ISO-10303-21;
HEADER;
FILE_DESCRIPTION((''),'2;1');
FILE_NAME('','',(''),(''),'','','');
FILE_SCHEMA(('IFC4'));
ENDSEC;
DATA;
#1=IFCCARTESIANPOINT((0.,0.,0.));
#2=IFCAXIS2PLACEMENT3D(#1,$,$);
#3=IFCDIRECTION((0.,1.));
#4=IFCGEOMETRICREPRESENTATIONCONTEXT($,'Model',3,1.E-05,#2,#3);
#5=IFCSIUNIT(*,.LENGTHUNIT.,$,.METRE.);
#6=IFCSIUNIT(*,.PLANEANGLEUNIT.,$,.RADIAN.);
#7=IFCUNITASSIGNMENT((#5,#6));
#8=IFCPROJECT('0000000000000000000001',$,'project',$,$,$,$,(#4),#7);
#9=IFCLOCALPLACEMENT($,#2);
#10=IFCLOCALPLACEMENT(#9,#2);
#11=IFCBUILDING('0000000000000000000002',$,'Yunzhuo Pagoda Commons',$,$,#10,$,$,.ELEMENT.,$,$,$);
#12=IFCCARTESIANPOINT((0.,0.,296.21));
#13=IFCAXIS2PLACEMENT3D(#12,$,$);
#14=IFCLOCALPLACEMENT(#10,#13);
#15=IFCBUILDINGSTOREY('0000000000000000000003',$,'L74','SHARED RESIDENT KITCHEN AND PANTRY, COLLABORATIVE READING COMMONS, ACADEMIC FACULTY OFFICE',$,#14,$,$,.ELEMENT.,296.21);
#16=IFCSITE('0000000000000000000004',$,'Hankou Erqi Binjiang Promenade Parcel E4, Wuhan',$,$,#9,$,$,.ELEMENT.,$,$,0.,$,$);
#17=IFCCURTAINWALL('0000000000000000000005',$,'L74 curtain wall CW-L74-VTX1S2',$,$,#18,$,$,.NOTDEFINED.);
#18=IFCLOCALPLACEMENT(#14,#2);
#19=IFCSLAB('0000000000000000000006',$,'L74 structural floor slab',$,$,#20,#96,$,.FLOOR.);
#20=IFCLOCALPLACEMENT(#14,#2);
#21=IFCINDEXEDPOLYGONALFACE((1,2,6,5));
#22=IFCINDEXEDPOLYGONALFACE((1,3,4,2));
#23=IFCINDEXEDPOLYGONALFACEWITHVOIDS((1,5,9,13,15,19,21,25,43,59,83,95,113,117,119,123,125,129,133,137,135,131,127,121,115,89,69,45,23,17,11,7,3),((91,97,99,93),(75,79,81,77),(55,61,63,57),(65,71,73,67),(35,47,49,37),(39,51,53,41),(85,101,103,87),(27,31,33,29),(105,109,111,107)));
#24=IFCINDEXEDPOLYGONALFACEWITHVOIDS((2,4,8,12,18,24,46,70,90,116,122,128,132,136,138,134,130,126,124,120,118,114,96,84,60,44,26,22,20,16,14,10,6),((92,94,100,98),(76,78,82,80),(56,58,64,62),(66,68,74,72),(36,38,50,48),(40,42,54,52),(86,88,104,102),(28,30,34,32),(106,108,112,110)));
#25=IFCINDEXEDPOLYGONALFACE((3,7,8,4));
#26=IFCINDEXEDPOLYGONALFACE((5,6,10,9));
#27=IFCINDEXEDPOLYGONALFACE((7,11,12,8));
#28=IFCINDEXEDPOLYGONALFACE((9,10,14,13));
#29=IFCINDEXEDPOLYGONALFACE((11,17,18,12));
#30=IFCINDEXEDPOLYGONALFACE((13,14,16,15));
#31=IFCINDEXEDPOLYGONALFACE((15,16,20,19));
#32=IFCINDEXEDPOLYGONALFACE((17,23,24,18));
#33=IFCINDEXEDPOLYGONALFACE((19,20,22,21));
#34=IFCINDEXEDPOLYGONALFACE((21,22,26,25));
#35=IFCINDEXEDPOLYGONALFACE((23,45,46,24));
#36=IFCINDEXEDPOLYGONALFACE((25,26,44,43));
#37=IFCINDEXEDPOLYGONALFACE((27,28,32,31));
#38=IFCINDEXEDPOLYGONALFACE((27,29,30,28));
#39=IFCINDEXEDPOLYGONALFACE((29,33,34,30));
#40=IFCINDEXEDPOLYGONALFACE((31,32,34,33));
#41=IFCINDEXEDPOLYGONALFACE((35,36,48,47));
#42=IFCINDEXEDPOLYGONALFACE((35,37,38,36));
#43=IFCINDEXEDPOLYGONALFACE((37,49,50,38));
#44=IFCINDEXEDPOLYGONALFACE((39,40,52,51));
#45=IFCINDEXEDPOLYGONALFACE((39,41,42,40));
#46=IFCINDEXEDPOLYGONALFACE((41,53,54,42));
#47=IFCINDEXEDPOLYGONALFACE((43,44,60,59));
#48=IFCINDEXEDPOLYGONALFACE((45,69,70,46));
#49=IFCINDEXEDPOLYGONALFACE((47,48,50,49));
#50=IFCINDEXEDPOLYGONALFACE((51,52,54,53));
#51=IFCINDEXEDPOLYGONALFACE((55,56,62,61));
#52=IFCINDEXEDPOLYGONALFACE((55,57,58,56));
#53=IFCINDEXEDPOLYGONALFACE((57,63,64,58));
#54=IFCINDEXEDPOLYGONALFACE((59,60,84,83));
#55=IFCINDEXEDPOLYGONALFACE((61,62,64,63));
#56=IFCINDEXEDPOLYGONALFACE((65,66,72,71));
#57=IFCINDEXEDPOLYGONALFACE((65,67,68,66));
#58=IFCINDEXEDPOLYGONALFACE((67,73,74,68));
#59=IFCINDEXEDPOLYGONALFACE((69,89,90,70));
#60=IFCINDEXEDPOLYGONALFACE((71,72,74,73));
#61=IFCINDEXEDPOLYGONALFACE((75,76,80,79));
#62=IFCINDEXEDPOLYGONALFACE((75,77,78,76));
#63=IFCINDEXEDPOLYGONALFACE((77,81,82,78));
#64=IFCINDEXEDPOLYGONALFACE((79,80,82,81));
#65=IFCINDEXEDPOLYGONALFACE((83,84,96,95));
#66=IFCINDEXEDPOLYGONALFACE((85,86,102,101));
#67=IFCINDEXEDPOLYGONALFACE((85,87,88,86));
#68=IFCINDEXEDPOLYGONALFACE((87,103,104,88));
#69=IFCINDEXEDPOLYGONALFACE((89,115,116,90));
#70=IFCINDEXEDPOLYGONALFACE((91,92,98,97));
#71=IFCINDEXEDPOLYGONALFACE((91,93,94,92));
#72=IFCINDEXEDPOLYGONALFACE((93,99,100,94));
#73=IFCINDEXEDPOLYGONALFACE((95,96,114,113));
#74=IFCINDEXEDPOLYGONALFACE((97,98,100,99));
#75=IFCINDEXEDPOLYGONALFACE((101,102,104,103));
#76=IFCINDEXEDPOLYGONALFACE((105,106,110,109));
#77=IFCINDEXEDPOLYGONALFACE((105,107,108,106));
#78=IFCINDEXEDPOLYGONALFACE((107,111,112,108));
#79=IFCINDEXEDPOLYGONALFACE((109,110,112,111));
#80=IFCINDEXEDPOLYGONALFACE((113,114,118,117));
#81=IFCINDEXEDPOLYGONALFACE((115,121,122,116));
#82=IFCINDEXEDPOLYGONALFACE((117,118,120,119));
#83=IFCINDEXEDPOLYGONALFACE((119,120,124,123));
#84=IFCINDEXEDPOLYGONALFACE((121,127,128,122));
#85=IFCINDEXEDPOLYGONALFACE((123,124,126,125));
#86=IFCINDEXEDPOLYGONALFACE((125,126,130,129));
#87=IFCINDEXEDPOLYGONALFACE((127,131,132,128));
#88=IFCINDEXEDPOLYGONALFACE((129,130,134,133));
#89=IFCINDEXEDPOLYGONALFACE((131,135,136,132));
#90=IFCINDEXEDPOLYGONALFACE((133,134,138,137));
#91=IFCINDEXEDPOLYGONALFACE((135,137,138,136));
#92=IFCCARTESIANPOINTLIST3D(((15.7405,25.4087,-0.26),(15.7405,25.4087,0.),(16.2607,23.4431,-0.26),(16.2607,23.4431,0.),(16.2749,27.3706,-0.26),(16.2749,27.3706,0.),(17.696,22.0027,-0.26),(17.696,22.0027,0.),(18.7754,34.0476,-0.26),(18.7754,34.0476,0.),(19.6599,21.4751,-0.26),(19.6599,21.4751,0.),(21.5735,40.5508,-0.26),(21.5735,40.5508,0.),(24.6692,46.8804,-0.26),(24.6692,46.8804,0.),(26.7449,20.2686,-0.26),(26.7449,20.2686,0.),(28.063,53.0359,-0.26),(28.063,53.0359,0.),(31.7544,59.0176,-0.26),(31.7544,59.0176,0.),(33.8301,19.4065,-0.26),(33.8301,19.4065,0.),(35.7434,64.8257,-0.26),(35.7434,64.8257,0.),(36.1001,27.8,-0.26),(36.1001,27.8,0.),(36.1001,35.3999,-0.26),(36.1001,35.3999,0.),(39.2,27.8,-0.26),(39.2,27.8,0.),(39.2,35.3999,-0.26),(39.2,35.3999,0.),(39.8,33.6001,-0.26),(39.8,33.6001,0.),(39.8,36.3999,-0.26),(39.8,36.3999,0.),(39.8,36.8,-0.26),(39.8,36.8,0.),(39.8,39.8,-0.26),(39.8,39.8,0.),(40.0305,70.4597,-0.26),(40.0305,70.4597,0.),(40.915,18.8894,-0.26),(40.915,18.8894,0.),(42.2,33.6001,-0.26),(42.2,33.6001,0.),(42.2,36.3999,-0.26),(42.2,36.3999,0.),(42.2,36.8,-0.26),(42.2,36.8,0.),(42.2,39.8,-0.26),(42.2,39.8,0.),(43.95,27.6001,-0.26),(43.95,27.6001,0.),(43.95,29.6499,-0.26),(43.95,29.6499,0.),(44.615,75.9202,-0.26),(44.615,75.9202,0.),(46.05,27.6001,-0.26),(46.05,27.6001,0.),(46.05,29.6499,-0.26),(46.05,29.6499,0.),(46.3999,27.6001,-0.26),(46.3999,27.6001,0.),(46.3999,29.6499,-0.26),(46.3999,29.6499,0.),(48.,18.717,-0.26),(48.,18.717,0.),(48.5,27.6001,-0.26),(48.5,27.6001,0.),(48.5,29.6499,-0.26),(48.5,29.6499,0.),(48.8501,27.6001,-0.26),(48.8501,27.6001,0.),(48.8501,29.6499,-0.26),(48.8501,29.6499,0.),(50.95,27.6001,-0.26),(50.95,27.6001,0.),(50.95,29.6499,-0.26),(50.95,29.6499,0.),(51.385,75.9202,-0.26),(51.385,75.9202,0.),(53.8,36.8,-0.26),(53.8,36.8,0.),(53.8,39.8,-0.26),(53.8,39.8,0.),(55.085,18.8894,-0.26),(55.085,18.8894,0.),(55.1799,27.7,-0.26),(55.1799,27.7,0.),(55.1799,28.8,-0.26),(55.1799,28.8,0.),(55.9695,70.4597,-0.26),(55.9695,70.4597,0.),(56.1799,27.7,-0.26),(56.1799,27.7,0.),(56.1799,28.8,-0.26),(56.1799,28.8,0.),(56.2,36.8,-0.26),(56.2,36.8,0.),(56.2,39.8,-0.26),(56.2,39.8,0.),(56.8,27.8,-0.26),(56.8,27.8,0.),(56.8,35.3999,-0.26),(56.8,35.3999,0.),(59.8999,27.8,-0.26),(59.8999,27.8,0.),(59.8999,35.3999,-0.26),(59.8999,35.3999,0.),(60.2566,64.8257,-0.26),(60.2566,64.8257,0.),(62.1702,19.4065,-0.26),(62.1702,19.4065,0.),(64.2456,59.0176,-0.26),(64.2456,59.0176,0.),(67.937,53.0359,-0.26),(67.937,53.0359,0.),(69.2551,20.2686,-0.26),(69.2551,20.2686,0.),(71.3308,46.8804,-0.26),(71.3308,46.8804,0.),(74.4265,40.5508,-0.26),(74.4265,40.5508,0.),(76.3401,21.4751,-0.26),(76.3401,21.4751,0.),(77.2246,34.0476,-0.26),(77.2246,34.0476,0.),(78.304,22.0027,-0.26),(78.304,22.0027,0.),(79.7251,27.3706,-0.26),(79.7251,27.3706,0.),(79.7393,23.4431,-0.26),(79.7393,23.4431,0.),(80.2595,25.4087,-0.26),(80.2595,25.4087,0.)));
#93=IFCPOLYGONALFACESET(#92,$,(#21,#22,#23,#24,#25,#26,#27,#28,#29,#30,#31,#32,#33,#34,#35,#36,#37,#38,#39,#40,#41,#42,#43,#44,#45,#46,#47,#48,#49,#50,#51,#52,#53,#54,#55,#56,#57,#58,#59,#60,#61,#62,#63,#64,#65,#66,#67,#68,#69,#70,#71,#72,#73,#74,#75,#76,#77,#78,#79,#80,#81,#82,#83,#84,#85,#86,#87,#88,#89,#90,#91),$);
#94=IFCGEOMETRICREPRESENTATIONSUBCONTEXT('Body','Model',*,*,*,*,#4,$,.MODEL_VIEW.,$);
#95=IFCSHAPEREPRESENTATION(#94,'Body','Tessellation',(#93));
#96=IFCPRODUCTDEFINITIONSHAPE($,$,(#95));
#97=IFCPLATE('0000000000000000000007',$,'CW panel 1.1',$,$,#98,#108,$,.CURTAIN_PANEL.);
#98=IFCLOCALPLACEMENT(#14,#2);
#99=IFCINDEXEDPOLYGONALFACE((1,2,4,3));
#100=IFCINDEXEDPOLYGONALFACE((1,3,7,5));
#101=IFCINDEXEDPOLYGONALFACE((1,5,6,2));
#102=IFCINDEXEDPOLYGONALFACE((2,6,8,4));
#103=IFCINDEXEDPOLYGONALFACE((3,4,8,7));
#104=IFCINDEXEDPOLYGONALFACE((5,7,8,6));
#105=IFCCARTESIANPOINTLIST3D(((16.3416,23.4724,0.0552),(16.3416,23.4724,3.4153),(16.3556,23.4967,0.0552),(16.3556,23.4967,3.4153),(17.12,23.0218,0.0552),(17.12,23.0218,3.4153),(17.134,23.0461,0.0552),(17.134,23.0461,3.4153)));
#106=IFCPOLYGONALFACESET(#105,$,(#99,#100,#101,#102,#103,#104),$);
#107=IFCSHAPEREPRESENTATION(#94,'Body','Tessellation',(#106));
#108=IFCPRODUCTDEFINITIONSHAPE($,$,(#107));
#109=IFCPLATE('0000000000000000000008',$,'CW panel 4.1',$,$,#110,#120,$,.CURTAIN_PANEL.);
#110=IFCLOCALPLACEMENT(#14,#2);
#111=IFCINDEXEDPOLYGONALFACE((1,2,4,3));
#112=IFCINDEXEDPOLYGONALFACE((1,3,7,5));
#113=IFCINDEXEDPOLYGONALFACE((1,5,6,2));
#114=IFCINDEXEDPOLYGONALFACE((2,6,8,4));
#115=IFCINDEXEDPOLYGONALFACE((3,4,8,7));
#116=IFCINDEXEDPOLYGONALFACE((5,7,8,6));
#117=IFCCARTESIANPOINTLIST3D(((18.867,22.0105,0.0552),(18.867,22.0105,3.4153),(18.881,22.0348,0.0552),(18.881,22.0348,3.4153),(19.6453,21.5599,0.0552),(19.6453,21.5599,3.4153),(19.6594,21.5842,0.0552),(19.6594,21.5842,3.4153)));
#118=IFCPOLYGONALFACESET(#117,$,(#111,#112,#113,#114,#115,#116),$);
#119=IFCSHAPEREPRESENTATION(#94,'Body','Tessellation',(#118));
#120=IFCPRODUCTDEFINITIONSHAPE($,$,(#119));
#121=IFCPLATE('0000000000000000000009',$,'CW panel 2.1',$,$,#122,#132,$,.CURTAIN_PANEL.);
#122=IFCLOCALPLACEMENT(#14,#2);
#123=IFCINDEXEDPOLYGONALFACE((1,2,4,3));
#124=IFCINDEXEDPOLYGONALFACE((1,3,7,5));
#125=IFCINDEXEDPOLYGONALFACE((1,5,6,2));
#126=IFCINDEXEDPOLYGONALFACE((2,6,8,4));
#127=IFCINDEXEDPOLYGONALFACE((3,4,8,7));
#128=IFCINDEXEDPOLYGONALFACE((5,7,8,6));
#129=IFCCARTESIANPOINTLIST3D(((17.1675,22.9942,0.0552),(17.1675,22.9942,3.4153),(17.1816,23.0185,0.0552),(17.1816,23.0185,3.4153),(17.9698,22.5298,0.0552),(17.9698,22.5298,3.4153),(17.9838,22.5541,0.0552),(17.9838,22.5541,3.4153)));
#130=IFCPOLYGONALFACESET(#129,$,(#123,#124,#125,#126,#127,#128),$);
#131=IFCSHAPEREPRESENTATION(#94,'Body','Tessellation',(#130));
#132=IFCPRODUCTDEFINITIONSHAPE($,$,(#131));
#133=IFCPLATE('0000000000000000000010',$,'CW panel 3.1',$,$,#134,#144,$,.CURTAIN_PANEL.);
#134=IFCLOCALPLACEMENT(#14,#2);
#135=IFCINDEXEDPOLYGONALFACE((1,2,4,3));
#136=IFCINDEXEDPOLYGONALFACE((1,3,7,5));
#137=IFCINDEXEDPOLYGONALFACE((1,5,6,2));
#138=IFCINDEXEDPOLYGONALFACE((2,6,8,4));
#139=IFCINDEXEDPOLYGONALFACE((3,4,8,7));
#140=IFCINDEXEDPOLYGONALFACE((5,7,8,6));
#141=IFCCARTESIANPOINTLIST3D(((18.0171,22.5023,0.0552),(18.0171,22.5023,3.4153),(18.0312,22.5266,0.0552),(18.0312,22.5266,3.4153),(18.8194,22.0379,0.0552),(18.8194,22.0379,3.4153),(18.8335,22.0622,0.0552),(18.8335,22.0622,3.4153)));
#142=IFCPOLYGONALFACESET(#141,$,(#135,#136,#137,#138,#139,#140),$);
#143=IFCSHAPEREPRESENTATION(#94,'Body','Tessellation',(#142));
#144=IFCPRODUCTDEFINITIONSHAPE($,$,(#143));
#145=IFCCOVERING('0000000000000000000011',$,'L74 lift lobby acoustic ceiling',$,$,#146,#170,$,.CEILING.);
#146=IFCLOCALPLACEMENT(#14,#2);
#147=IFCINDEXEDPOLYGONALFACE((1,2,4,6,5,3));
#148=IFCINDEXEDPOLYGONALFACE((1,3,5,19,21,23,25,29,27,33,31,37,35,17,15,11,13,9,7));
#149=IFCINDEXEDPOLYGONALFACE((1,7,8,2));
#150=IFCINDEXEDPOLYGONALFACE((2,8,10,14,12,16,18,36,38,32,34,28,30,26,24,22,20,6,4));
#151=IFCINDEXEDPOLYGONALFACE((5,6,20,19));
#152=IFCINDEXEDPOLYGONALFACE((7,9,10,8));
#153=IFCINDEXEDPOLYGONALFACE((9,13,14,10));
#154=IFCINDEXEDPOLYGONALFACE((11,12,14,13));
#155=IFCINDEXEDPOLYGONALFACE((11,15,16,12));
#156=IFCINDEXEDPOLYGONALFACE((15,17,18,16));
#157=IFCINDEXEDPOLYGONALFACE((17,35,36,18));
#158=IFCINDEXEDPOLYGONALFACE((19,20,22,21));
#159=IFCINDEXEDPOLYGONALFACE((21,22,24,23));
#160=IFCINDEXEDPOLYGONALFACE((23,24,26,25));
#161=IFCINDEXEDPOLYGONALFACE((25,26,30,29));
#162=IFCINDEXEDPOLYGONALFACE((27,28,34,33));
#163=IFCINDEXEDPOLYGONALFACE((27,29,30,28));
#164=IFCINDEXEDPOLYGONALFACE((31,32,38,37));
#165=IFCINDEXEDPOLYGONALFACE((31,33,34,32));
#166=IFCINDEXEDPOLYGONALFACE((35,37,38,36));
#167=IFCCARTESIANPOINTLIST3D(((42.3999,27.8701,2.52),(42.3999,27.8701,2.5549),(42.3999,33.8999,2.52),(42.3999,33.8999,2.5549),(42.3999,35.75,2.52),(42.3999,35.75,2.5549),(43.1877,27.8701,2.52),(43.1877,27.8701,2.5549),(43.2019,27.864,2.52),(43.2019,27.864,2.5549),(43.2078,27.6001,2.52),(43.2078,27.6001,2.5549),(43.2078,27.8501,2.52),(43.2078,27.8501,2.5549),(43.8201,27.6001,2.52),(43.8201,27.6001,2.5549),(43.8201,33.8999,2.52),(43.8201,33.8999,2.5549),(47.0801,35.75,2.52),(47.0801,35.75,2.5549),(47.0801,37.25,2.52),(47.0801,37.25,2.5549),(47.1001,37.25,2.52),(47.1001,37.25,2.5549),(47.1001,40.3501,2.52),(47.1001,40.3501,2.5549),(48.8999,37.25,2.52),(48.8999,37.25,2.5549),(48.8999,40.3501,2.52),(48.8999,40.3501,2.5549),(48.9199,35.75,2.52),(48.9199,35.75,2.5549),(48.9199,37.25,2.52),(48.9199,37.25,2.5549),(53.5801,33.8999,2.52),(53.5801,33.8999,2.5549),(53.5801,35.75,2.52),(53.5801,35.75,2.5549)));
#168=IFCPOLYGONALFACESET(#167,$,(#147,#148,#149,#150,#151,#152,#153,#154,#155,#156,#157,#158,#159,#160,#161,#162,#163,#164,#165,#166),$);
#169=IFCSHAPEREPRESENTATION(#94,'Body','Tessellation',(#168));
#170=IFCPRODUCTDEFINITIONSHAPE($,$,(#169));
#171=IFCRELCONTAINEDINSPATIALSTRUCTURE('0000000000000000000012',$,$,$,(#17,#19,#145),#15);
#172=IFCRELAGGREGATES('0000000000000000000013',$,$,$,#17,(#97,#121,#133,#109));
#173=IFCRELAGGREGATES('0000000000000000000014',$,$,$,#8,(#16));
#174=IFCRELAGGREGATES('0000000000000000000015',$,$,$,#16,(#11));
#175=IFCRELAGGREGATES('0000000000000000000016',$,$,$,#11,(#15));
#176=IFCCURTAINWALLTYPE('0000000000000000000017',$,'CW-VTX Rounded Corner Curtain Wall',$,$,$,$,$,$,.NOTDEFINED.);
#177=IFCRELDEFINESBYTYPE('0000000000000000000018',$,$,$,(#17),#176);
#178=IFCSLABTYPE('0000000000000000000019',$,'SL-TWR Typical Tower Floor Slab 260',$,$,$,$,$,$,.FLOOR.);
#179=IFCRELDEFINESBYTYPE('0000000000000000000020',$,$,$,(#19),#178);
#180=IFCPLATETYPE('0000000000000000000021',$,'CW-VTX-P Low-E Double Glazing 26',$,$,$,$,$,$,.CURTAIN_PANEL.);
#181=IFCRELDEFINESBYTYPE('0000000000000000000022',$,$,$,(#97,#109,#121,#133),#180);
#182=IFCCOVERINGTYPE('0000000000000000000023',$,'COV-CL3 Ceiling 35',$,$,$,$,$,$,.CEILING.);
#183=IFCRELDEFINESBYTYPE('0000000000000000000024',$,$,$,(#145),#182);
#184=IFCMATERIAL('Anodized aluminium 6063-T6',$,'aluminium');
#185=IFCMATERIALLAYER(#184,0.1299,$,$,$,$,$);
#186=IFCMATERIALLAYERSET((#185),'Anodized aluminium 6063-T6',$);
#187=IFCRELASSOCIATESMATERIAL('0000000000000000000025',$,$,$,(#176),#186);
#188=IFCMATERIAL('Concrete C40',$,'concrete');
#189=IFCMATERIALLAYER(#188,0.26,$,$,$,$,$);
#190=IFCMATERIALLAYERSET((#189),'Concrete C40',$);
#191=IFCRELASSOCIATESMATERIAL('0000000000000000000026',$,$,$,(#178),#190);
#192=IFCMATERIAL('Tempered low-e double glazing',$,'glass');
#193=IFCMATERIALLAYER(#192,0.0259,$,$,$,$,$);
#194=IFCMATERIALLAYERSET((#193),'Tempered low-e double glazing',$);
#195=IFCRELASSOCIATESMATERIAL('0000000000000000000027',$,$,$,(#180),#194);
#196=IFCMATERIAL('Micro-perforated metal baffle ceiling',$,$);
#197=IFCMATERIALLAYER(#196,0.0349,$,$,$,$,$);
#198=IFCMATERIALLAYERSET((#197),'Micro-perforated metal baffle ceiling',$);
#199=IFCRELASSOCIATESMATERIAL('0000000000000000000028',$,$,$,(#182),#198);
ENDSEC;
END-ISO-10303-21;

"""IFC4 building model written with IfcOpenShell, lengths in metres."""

from ifc_helpers import new_model, si_unit, direction, frame, origin, origin_2d, place, context, subcontext, project, spatial, polyline, rectangle, outline, extrude, source, transform, mapped, material, layer, layer_set, type_object, element, aggregate, save


model = new_model("IFC4")

# Units and contexts
model_context = context("Model", 3, precision=1e-05, world=origin(), true_north=direction((0.0, 1.0)))
body_context = subcontext(model_context, "Body", "Model", "MODEL_VIEW")
ifc_project = project(units=[si_unit("LENGTHUNIT", "METRE"), si_unit("PLANEANGLEUNIT", "RADIAN")], contexts=[model_context])

# Site, building, storey
site_placement = place(None, origin())
site = spatial("IfcSite", under=ifc_project, at=site_placement, Name="Hankou Erqi Binjiang Promenade Parcel E4, Wuhan", CompositionType="ELEMENT", RefElevation=0.0)
building_placement = place(site_placement, origin())
building = spatial("IfcBuilding", under=site, at=building_placement, Name="Yunzhuo Pagoda Commons", CompositionType="ELEMENT")
storey_placement = place(building_placement, frame((0.0, 0.0, 296.21)))
storey = spatial("IfcBuildingStorey", under=building, at=storey_placement, Name="L74", Description="SHARED RESIDENT KITCHEN AND PANTRY, COLLABORATIVE READING COMMONS, ACADEMIC FACULTY OFFICE", CompositionType="ELEMENT", Elevation=296.21)

# Shared definitions
ifc_material_1 = material(Name="Anodized aluminium 6063-T6", Category="aluminium")

# Curtain wall
ifc_layer_1 = layer(ifc_material_1, 0.1299)
ifc_layer_set_1 = layer_set([ifc_layer_1], Name="Anodized aluminium 6063-T6")
curtain_wall_type_1 = type_object("IfcCurtainWallType", Name="CW-VTX Rounded Corner Curtain Wall", PredefinedType="NOTDEFINED", material=ifc_layer_set_1)
curtain_wall_1_placement = place(storey_placement, origin())
curtain_wall_1 = element("IfcCurtainWall", 1, at=curtain_wall_1_placement, inside=storey, type_object=curtain_wall_type_1, Name="L74 curtain wall CW-L74-VTX1S2", PredefinedType="NOTDEFINED")

# Shared definitions
ifc_material_2 = material(Name="Concrete C40", Category="concrete")

# Slab
ifc_layer_2 = layer(ifc_material_2, 0.26)
ifc_layer_set_2 = layer_set([ifc_layer_2], Name="Concrete C40")
slab_type_1 = type_object("IfcSlabType", Name="SL-TWR Typical Tower Floor Slab 260", PredefinedType="FLOOR", material=ifc_layer_set_2)
slab_1_placement = place(storey_placement, frame((0.0, 0.0, -0.26)))
element("IfcSlab", 2, at=slab_1_placement, inside=storey, type_object=slab_type_1, Name="L74 structural floor slab", PredefinedType="FLOOR", context=body_context, shape_type="SweptSolid", body=[
    extrude(outline(polyline([(18.7754, 34.0476), (21.5735, 40.5508), (24.6692, 46.8804), (28.063, 53.0359), (31.7544, 59.0176), (35.7434, 64.8257), (40.0305, 70.4597), (44.615, 75.9202), (51.385, 75.9202), (55.9695, 70.4597), (60.2566, 64.8257), (64.2456, 59.0176), (67.937, 53.0359), (71.3308, 46.8804), (74.4265, 40.5508), (77.2246, 34.0476), (79.7251, 27.3706), (80.2595, 25.4087), (79.7393, 23.4431), (78.304, 22.0027), (76.3401, 21.4751), (69.2551, 20.2686), (62.1702, 19.4065), (55.085, 18.8894), (48.0, 18.717), (40.915, 18.8894), (33.8301, 19.4065), (26.7449, 20.2686), (19.6599, 21.4751), (17.696, 22.0027), (16.2607, 23.4431), (15.7405, 25.4087), (16.2749, 27.3706), (18.7754, 34.0476)]), holes=[polyline([(56.1799, 28.8), (55.1799, 28.8), (55.1799, 27.7), (56.1799, 27.7), (56.1799, 28.8)]), polyline([(46.05, 29.6499), (43.95, 29.6499), (43.95, 27.6001), (46.05, 27.6001), (46.05, 29.6499)]), polyline([(48.5, 29.6499), (46.3999, 29.6499), (46.3999, 27.6001), (48.5, 27.6001), (48.5, 29.6499)]), polyline([(50.95, 29.6499), (48.8501, 29.6499), (48.8501, 27.6001), (50.95, 27.6001), (50.95, 29.6499)]), polyline([(39.2, 27.8), (39.2, 35.3999), (36.1001, 35.3999), (36.1001, 27.8), (39.2, 27.8)]), polyline([(59.8999, 27.8), (59.8999, 35.3999), (56.8, 35.3999), (56.8, 27.8), (59.8999, 27.8)]), polyline([(42.2, 36.3999), (39.8, 36.3999), (39.8, 33.6001), (42.2, 33.6001), (42.2, 36.3999)]), polyline([(42.2, 36.8), (42.2, 39.8), (39.8, 39.8), (39.8, 36.8), (42.2, 36.8)]), polyline([(56.2, 36.8), (56.2, 39.8), (53.8, 39.8), (53.8, 36.8), (56.2, 36.8)])]), origin(), (0.0, 0.0, 1.0), 0.26),
])

# Plates
ifc_material_3 = material(Name="Tempered low-e double glazing", Category="glass")
ifc_layer_3 = layer(ifc_material_3, 0.0259)
ifc_layer_set_3 = layer_set([ifc_layer_3], Name="Tempered low-e double glazing")
plate_type = type_object("IfcPlateType", Name="CW-VTX-P Low-E Double Glazing 26", PredefinedType="CURTAIN_PANEL", material=ifc_layer_set_3)
shared_shape_1 = source(origin(), body_context, "Body", "SweptSolid", [
    extrude(rectangle(XDim=0.8994, YDim=0.0281, at=origin_2d()), origin(), (0.0, 0.0, 1.0), 3.3601),
])
plate_1_placement = place(storey_placement, frame((16.7378, 23.2593, 0.0552), z_axis=(0.0, 0.0, 1.0), x_axis=(0.865437, -0.501017, 0.0)))
plate_1 = element("IfcPlate", 3, at=plate_1_placement, type_object=plate_type, Name="CW panel 1.1", PredefinedType="CURTAIN_PANEL", context=body_context, shape_type="MappedRepresentation", body=[
    mapped(shared_shape_1, transform((0.0, 0.0, 0.0), scale=1.0)),
])
plate_2_placement = place(storey_placement, frame((19.2632, 21.7974, 0.0552), z_axis=(0.0, 0.0, 1.0), x_axis=(0.865437, -0.501017, 0.0)))
plate_2 = element("IfcPlate", 4, at=plate_2_placement, type_object=plate_type, Name="CW panel 4.1", PredefinedType="CURTAIN_PANEL", context=body_context, shape_type="MappedRepresentation", body=[
    mapped(shared_shape_1, transform((0.0, 0.0, 0.0), scale=1.0)),
])
shared_shape_2 = source(origin(), body_context, "Body", "SweptSolid", [
    extrude(rectangle(XDim=0.927, YDim=0.0281, at=origin_2d()), origin(), (0.0, 0.0, 1.0), 3.3601),
])
plate_3_placement = place(storey_placement, frame((17.5757, 22.7742, 0.0552), z_axis=(0.0, 0.0, 1.0), x_axis=(0.865437, -0.501017, 0.0)))
plate_3 = element("IfcPlate", 5, at=plate_3_placement, type_object=plate_type, Name="CW panel 2.1", PredefinedType="CURTAIN_PANEL", context=body_context, shape_type="MappedRepresentation", body=[
    mapped(shared_shape_2, transform((0.0, 0.0, 0.0), scale=1.0)),
])
plate_4_placement = place(storey_placement, frame((18.4253, 22.2822, 0.0552), z_axis=(0.0, 0.0, 1.0), x_axis=(0.865437, -0.501017, 0.0)))
plate_4 = element("IfcPlate", 6, at=plate_4_placement, type_object=plate_type, Name="CW panel 3.1", PredefinedType="CURTAIN_PANEL", context=body_context, shape_type="MappedRepresentation", body=[
    mapped(shared_shape_2, transform((0.0, 0.0, 0.0), scale=1.0)),
])
aggregate(curtain_wall_1, [plate_1, plate_3, plate_4, plate_2])

# Covering
ifc_material_4 = material(Name="Micro-perforated metal baffle ceiling")
ifc_layer_4 = layer(ifc_material_4, 0.0349)
ifc_layer_set_4 = layer_set([ifc_layer_4], Name="Micro-perforated metal baffle ceiling")
covering_type_1 = type_object("IfcCoveringType", Name="COV-CL3 Ceiling 35", PredefinedType="CEILING", material=ifc_layer_set_4)
covering_1_placement = place(storey_placement, frame((0.0, 0.0, 2.52)))
element("IfcCovering", 7, at=covering_1_placement, inside=storey, type_object=covering_type_1, Name="L74 lift lobby acoustic ceiling", PredefinedType="CEILING", context=body_context, shape_type="SweptSolid", body=[
    extrude(outline(polyline([(42.3999, 35.75), (47.0801, 35.75), (47.0801, 37.25), (47.1001, 37.25), (47.1001, 40.3501), (48.8999, 40.3501), (48.8999, 37.25), (48.9199, 37.25), (48.9199, 35.75), (53.5801, 35.75), (53.5801, 33.8999), (43.8201, 33.8999), (43.8201, 27.6001), (43.2078, 27.6001), (43.2078, 27.8501), (43.2019, 27.864), (43.1877, 27.8701), (42.3999, 27.8701), (42.3999, 33.8999), (42.3999, 35.75)])), origin(), (0.0, 0.0, 1.0), 0.0349),
])

save(model, "model.ifc")
